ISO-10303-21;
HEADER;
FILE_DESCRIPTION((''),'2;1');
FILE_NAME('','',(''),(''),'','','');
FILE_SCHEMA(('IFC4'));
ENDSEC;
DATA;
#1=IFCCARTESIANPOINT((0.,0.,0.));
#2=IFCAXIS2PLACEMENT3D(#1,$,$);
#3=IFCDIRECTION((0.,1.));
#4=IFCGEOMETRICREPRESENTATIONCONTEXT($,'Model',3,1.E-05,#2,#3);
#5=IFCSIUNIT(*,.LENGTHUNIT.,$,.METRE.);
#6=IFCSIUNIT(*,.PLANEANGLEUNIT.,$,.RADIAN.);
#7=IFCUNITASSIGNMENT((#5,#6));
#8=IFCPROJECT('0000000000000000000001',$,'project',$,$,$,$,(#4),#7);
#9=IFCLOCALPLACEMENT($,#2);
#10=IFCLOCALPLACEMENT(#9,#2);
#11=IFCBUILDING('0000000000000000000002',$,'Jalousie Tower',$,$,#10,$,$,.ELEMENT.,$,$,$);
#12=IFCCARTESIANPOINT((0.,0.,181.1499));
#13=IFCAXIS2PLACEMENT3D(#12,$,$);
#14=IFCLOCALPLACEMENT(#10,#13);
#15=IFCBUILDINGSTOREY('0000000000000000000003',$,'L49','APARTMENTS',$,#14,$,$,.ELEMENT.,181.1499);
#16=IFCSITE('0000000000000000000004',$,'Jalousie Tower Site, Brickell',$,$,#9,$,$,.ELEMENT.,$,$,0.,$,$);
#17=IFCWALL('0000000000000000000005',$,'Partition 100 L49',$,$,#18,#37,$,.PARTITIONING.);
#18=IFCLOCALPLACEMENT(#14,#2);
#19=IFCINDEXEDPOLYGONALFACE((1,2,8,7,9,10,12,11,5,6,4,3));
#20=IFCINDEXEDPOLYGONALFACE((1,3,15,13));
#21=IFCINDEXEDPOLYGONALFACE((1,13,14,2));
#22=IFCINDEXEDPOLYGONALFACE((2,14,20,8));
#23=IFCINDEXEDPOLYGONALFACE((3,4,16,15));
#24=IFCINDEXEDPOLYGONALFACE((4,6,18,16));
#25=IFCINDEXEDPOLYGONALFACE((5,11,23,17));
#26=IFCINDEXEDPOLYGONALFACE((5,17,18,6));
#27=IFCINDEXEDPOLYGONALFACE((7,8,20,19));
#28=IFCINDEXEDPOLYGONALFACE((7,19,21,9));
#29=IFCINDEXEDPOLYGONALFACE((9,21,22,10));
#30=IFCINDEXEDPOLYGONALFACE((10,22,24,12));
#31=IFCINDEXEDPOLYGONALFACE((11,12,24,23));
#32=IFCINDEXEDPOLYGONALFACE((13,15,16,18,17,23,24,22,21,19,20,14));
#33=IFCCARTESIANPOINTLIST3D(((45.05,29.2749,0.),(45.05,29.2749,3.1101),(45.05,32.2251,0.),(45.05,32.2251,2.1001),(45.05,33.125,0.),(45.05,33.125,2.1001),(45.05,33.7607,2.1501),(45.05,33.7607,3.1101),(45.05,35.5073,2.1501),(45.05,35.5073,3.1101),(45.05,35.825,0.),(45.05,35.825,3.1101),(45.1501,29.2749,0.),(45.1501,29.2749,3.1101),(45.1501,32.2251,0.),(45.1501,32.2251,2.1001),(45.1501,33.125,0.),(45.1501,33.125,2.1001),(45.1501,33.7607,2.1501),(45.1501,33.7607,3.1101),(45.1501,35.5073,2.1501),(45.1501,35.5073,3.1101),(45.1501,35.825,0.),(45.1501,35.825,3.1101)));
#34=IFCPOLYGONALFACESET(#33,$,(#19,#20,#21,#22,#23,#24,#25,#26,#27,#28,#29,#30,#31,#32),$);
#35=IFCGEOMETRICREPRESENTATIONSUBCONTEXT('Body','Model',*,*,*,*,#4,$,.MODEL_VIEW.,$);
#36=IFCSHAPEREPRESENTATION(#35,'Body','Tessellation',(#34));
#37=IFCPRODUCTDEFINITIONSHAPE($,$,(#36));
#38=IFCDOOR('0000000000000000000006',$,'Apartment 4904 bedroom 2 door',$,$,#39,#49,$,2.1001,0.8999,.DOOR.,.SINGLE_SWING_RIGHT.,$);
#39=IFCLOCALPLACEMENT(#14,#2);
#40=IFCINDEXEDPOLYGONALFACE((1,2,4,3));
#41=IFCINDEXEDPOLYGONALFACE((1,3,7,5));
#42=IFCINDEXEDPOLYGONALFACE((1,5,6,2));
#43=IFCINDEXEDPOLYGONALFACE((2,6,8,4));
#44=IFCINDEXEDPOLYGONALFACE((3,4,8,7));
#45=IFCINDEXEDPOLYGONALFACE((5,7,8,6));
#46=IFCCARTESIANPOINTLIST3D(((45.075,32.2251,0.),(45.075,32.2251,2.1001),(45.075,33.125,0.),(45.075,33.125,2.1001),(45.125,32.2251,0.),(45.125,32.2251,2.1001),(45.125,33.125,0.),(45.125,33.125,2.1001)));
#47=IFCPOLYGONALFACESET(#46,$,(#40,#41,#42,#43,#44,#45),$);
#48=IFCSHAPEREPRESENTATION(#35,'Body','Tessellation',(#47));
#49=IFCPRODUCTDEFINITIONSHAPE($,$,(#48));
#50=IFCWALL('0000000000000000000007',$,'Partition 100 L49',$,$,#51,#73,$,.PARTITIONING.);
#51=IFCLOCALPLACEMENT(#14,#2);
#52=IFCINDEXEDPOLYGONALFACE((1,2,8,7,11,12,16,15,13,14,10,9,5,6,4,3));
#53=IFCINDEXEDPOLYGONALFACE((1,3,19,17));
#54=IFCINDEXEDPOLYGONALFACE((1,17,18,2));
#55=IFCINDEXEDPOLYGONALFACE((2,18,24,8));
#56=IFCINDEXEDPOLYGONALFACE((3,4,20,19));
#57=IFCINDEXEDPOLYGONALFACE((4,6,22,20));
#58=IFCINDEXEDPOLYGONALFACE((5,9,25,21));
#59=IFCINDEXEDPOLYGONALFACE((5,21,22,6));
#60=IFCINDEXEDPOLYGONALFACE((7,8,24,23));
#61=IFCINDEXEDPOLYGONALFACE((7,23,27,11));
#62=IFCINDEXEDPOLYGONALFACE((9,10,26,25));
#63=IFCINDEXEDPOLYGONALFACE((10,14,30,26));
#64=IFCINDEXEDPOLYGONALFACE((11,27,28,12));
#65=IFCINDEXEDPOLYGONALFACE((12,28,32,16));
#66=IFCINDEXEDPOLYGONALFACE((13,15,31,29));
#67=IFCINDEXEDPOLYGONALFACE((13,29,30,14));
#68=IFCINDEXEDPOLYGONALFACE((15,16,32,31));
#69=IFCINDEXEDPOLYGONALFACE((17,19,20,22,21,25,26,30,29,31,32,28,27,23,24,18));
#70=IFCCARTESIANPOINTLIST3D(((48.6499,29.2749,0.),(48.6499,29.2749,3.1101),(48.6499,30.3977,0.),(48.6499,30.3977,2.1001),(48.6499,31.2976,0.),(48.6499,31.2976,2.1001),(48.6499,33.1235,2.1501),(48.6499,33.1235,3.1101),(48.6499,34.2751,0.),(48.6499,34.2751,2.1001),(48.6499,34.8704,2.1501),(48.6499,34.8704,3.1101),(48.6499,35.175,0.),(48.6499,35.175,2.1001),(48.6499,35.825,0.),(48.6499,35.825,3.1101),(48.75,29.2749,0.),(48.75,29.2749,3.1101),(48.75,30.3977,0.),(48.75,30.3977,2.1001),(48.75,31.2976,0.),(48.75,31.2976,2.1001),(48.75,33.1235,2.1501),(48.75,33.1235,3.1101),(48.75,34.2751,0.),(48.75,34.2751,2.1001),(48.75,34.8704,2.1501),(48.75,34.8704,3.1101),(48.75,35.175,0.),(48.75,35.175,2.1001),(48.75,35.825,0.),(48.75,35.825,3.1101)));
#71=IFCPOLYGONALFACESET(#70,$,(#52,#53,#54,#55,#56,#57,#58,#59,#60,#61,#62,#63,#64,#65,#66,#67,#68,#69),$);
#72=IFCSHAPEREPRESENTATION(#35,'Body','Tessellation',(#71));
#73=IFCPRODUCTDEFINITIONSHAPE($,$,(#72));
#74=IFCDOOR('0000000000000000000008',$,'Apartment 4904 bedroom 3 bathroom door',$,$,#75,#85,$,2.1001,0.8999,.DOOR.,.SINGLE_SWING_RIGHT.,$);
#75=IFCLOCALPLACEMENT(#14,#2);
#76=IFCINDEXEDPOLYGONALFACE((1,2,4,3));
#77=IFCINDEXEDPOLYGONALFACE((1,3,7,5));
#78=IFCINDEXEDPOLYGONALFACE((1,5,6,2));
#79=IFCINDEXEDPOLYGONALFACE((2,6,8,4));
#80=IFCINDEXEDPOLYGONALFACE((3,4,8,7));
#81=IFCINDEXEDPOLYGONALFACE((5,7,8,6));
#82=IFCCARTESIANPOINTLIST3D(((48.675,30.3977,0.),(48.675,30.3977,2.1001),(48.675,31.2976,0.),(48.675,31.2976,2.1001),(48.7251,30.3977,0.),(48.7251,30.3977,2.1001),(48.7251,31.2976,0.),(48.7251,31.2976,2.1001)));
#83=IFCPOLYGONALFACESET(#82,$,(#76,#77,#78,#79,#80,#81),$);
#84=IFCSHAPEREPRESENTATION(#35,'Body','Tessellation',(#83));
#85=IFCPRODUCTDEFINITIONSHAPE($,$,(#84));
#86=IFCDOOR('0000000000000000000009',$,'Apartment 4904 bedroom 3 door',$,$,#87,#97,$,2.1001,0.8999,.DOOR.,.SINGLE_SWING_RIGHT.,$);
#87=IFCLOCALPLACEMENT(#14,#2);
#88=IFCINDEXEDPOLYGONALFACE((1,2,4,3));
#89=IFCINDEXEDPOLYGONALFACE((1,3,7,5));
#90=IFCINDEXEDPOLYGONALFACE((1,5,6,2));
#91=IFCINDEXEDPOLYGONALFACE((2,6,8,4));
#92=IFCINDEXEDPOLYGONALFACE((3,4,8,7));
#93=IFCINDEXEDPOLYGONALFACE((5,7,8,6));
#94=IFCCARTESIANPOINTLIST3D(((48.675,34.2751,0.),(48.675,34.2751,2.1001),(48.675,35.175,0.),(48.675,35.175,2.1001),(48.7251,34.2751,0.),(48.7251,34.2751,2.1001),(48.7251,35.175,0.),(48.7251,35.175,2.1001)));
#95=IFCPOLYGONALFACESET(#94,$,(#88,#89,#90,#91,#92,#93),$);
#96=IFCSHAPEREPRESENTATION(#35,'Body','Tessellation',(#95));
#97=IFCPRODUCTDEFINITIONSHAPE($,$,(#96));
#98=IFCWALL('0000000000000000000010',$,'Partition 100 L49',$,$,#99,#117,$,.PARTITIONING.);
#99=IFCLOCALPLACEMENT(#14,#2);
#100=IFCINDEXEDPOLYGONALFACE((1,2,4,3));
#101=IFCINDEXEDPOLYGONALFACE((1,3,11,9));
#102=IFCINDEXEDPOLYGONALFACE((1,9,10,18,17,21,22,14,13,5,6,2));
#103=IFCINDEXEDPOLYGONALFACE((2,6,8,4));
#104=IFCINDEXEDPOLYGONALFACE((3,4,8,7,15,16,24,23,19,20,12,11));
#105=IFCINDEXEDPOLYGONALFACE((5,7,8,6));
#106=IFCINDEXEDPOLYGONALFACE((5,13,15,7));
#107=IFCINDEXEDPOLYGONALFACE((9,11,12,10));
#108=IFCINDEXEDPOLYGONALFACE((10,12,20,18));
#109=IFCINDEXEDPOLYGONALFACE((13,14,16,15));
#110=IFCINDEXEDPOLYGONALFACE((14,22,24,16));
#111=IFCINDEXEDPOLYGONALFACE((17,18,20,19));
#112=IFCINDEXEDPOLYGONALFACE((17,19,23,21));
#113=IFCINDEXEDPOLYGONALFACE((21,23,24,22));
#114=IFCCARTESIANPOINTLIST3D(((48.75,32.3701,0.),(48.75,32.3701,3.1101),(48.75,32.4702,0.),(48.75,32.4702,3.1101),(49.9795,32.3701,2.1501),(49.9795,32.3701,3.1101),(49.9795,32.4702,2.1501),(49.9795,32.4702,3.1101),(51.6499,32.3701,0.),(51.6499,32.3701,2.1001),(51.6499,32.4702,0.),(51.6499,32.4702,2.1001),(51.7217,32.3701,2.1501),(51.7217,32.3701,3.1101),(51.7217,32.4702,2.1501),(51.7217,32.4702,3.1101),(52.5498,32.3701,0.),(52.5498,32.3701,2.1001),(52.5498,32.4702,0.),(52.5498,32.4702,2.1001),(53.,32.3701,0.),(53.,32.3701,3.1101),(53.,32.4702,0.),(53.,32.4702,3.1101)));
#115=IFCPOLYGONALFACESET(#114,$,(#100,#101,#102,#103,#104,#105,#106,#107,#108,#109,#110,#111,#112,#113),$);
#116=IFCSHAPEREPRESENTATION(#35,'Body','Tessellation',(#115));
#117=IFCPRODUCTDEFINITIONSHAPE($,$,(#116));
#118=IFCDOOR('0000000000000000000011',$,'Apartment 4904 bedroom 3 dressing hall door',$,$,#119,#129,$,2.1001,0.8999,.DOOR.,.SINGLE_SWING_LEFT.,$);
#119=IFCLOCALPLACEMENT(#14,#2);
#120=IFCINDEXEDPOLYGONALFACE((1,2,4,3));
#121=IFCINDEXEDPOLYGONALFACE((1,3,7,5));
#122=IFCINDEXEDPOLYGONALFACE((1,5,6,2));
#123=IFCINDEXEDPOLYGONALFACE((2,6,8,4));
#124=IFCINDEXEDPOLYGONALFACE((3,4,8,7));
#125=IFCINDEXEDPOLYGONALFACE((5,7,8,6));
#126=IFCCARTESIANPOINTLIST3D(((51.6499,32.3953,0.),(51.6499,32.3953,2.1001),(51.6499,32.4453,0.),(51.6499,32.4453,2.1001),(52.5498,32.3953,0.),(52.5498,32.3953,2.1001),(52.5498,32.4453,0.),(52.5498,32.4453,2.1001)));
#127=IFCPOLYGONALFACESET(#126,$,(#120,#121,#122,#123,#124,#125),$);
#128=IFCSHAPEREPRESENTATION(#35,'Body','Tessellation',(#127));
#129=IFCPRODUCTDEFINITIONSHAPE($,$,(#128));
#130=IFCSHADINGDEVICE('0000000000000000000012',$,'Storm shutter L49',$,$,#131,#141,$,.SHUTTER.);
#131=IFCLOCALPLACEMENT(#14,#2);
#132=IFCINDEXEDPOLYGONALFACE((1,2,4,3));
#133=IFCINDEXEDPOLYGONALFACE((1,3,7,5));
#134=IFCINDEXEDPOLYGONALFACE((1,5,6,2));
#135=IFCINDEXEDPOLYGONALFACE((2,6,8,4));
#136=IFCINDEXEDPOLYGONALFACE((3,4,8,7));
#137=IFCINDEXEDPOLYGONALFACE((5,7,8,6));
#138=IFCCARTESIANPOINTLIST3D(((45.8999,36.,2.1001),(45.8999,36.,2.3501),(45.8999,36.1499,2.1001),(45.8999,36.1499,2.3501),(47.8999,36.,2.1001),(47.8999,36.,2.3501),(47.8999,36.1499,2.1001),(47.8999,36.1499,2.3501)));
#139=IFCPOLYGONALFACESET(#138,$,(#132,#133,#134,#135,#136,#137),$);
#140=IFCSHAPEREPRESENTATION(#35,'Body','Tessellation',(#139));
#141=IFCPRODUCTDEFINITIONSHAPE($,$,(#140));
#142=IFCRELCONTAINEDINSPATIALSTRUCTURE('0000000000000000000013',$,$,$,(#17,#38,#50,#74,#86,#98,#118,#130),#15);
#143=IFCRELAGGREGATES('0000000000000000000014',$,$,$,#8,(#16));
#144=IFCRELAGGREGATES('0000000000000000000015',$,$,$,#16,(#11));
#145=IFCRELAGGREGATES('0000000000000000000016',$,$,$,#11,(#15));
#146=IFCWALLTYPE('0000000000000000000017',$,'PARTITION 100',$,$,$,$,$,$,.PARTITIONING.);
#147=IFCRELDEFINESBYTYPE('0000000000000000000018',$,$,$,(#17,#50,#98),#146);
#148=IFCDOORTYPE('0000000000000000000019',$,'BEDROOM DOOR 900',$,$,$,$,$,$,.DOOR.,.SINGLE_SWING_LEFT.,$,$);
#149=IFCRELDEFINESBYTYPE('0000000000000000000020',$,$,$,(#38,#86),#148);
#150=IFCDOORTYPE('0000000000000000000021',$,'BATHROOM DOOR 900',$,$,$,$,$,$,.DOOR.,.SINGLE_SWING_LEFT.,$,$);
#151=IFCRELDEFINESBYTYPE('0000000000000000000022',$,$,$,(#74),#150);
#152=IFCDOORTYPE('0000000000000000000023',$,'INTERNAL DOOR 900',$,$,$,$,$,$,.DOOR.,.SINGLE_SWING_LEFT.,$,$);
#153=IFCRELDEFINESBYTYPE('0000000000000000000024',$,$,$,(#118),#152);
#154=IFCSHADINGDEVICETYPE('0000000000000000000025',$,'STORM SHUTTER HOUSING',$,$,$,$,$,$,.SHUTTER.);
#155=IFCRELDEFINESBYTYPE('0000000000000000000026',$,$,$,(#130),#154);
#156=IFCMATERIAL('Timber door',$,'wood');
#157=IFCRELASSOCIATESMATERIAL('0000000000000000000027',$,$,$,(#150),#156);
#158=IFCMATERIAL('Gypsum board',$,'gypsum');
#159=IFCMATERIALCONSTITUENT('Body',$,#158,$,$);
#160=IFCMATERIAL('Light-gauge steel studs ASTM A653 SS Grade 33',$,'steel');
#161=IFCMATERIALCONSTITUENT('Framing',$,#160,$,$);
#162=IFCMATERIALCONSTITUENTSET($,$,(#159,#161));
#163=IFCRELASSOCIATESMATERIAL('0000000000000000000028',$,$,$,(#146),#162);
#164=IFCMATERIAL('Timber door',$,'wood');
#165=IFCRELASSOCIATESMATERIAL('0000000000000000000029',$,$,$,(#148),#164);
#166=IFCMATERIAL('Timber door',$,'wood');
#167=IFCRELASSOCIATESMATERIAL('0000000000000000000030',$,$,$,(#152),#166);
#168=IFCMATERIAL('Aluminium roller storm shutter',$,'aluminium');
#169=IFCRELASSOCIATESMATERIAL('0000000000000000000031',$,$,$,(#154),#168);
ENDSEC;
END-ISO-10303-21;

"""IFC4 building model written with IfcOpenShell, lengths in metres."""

from ifc_helpers import new_model, si_unit, direction, frame, frame_2d, origin, origin_2d, place, context, subcontext, project, spatial, polyline, rectangle, outline, extrude, material, constituent, constituent_set, type_object, element, fill, save


model = new_model("IFC4")

# Units and contexts
model_context = context("Model", 3, precision=1e-05, world=origin(), true_north=direction((0.0, 1.0)))
body_context = subcontext(model_context, "Body", "Model", "MODEL_VIEW")
ifc_project = project(units=[si_unit("LENGTHUNIT", "METRE"), si_unit("PLANEANGLEUNIT", "RADIAN")], contexts=[model_context])

# Site, building, storey
site_placement = place(None, origin())
site = spatial("IfcSite", under=ifc_project, at=site_placement, Name="Jalousie Tower Site, Brickell", CompositionType="ELEMENT", RefElevation=0.0)
building_placement = place(site_placement, origin())
building = spatial("IfcBuilding", under=site, at=building_placement, Name="Jalousie Tower", CompositionType="ELEMENT")
storey_placement = place(building_placement, frame((0.0, 0.0, 181.1499)))
storey = spatial("IfcBuildingStorey", under=building, at=storey_placement, Name="L49", Description="APARTMENTS", CompositionType="ELEMENT", Elevation=181.1499)

# Shared definitions
ifc_material_1 = material(Name="Timber door", Category="wood")
door_type_1 = type_object("IfcDoorType", Name="BATHROOM DOOR 900", OperationType="SINGLE_SWING_LEFT", PredefinedType="DOOR", material=ifc_material_1)

# Wall, opening, door
ifc_material_2 = material(Name="Gypsum board", Category="gypsum")
ifc_constituent_1 = constituent(ifc_material_2, Name="Body")
ifc_material_3 = material(Name="Light-gauge steel studs ASTM A653 SS Grade 33", Category="steel")
ifc_constituent_2 = constituent(ifc_material_3, Name="Framing")
ifc_constituent_set_1 = constituent_set(constituents=[ifc_constituent_1, ifc_constituent_2])
wall_type_1 = type_object("IfcWallType", Name="PARTITION 100", PredefinedType="PARTITIONING", material=ifc_constituent_set_1)
wall_1_placement = place(storey_placement, frame((45.1001, 35.825, 0.0), z_axis=(0.0, 0.0, 1.0), x_axis=(0.0, -1.0, 0.0)))
wall_1 = element("IfcWall", 1, at=wall_1_placement, inside=storey, type_object=wall_type_1, Name="Partition 100 L49", PredefinedType="PARTITIONING", context=body_context, shape_type="SweptSolid", body=[
    extrude(outline(polyline([(0.0, 0.0), (6.55, 0.0), (6.55, 3.1101), (2.0642, 3.1101), (2.0642, 2.1501), (0.3176, 2.1501), (0.3176, 3.1101), (0.0, 3.1101), (0.0, 0.0)])), frame((0.0, 0.05, 0.0), z_axis=(0.0, -1.0, 0.0), x_axis=(1.0, 0.0, 0.0)), (0.0, 0.0, 1.0), 0.1001),
])
opening_1_placement = place(wall_1_placement, frame((2.7, 0.0, 0.0)))
opening_1 = element("IfcOpeningElement", 2, at=opening_1_placement, cuts=wall_1, PredefinedType="OPENING", context=body_context, shape_type="SweptSolid", body=[
    extrude(rectangle(XDim=0.8999, YDim=2.1001, at=frame_2d((0.45, 1.05))), frame((0.0, 0.0601, 0.0), z_axis=(0.0, -1.0, 0.0), x_axis=(1.0, 0.0, 0.0)), (0.0, 0.0, 1.0), 0.1201),
])
ifc_material_4 = material(Name="Timber door", Category="wood")
door_type_2 = type_object("IfcDoorType", Name="BEDROOM DOOR 900", OperationType="SINGLE_SWING_LEFT", PredefinedType="DOOR", material=ifc_material_4)
door_1_placement = place(opening_1_placement, origin())
door_1 = element("IfcDoor", 3, at=door_1_placement, inside=storey, type_object=door_type_2, Name="Apartment 4904 bedroom 2 door", OperationType="SINGLE_SWING_RIGHT", OverallHeight=2.1001, OverallWidth=0.8999, PredefinedType="DOOR", context=body_context, shape_type="SweptSolid", body=[
    extrude(rectangle(XDim=0.8999, YDim=2.1001, at=frame_2d((0.45, 1.05))), frame((0.0, 0.0249, 0.0), z_axis=(0.0, -1.0, 0.0), x_axis=(1.0, 0.0, 0.0)), (0.0, 0.0, 1.0), 0.05),
])
fill(opening_1, door_1)

# Wall, openings, doors
wall_2_placement = place(storey_placement, frame((48.7, 35.825, 0.0), z_axis=(0.0, 0.0, 1.0), x_axis=(0.0, -1.0, 0.0)))
wall_2 = element("IfcWall", 4, at=wall_2_placement, inside=storey, type_object=wall_type_1, Name="Partition 100 L49", PredefinedType="PARTITIONING", context=body_context, shape_type="SweptSolid", body=[
    extrude(outline(polyline([(0.0, 0.0), (6.55, 0.0), (6.55, 3.1101), (2.7014, 3.1101), (2.7014, 2.1501), (0.9546, 2.1501), (0.9546, 3.1101), (0.0, 3.1101), (0.0, 0.0)])), frame((0.0, 0.05, 0.0), z_axis=(0.0, -1.0, 0.0), x_axis=(1.0, 0.0, 0.0)), (0.0, 0.0, 1.0), 0.1001),
])
opening_2_placement = place(wall_2_placement, frame((0.6499, 0.0, 0.0)))
opening_2 = element("IfcOpeningElement", 5, at=opening_2_placement, cuts=wall_2, PredefinedType="OPENING", context=body_context, shape_type="SweptSolid", body=[
    extrude(rectangle(XDim=0.8999, YDim=2.1001, at=frame_2d((0.45, 1.05))), frame((0.0, 0.0601, 0.0), z_axis=(0.0, -1.0, 0.0), x_axis=(1.0, 0.0, 0.0)), (0.0, 0.0, 1.0), 0.1201),
])
opening_3_placement = place(wall_2_placement, frame((4.5273, 0.0, 0.0)))
opening_3 = element("IfcOpeningElement", 6, at=opening_3_placement, cuts=wall_2, PredefinedType="OPENING", context=body_context, shape_type="SweptSolid", body=[
    extrude(rectangle(XDim=0.8999, YDim=2.1001, at=frame_2d((0.45, 1.05))), frame((0.0, 0.0601, 0.0), z_axis=(0.0, -1.0, 0.0), x_axis=(1.0, 0.0, 0.0)), (0.0, 0.0, 1.0), 0.1201),
])
door_2_placement = place(opening_3_placement, frame((0.8999, 0.0, 0.0), z_axis=(0.0, 0.0, 1.0), x_axis=(-1.0, 0.0, 0.0)))
door_2 = element("IfcDoor", 7, at=door_2_placement, inside=storey, type_object=door_type_1, Name="Apartment 4904 bedroom 3 bathroom door", OperationType="SINGLE_SWING_RIGHT", OverallHeight=2.1001, OverallWidth=0.8999, PredefinedType="DOOR", context=body_context, shape_type="SweptSolid", body=[
    extrude(rectangle(XDim=0.8999, YDim=2.1001, at=frame_2d((0.45, 1.05))), frame((0.0, 0.0249, 0.0), z_axis=(0.0, -1.0, 0.0), x_axis=(1.0, 0.0, 0.0)), (0.0, 0.0, 1.0), 0.05),
])
fill(opening_3, door_2)
door_3_placement = place(opening_2_placement, frame((0.8999, 0.0, 0.0), z_axis=(0.0, 0.0, 1.0), x_axis=(-1.0, 0.0, 0.0)))
door_3 = element("IfcDoor", 8, at=door_3_placement, inside=storey, type_object=door_type_2, Name="Apartment 4904 bedroom 3 door", OperationType="SINGLE_SWING_RIGHT", OverallHeight=2.1001, OverallWidth=0.8999, PredefinedType="DOOR", context=body_context, shape_type="SweptSolid", body=[
    extrude(rectangle(XDim=0.8999, YDim=2.1001, at=frame_2d((0.45, 1.05))), frame((0.0, 0.0249, 0.0), z_axis=(0.0, -1.0, 0.0), x_axis=(1.0, 0.0, 0.0)), (0.0, 0.0, 1.0), 0.05),
])
fill(opening_2, door_3)

# Wall, opening, door
wall_3_placement = place(storey_placement, frame((48.75, 32.4202, 0.0), z_axis=(0.0, 0.0, 1.0), x_axis=(1.0, 0.0, 0.0)))
wall_3 = element("IfcWall", 9, at=wall_3_placement, inside=storey, type_object=wall_type_1, Name="Partition 100 L49", PredefinedType="PARTITIONING", context=body_context, shape_type="SweptSolid", body=[
    extrude(outline(polyline([(0.0, 0.0), (4.25, 0.0), (4.25, 3.1101), (2.9717, 3.1101), (2.9717, 2.1501), (1.2295, 2.1501), (1.2295, 3.1101), (0.0, 3.1101), (0.0, 0.0)])), frame((0.0, 0.05, 0.0), z_axis=(0.0, -1.0, 0.0), x_axis=(1.0, 0.0, 0.0)), (0.0, 0.0, 1.0), 0.1001),
])
opening_4_placement = place(wall_3_placement, frame((2.8999, 0.0, 0.0)))
opening_4 = element("IfcOpeningElement", 10, at=opening_4_placement, cuts=wall_3, PredefinedType="OPENING", context=body_context, shape_type="SweptSolid", body=[
    extrude(rectangle(XDim=0.8999, YDim=2.1001, at=frame_2d((0.45, 1.05))), frame((0.0, 0.0601, 0.0), z_axis=(0.0, -1.0, 0.0), x_axis=(1.0, 0.0, 0.0)), (0.0, 0.0, 1.0), 0.1201),
])
ifc_material_5 = material(Name="Timber door", Category="wood")
door_type_3 = type_object("IfcDoorType", Name="INTERNAL DOOR 900", OperationType="SINGLE_SWING_LEFT", PredefinedType="DOOR", material=ifc_material_5)
door_4_placement = place(opening_4_placement, frame((0.8999, 0.0, 0.0), z_axis=(0.0, 0.0, 1.0), x_axis=(-1.0, 0.0, 0.0)))
door_4 = element("IfcDoor", 11, at=door_4_placement, inside=storey, type_object=door_type_3, Name="Apartment 4904 bedroom 3 dressing hall door", OperationType="SINGLE_SWING_LEFT", OverallHeight=2.1001, OverallWidth=0.8999, PredefinedType="DOOR", context=body_context, shape_type="SweptSolid", body=[
    extrude(rectangle(XDim=0.8999, YDim=2.1001, at=frame_2d((0.45, 1.05))), frame((0.0, 0.0249, 0.0), z_axis=(0.0, -1.0, 0.0), x_axis=(1.0, 0.0, 0.0)), (0.0, 0.0, 1.0), 0.05),
])
fill(opening_4, door_4)

# Shading device
ifc_material_6 = material(Name="Aluminium roller storm shutter", Category="aluminium")
shading_device_type = type_object("IfcShadingDeviceType", Name="STORM SHUTTER HOUSING", PredefinedType="SHUTTER", material=ifc_material_6)
shading_device_placement = place(storey_placement, frame((46.8999, 36.075, 2.1001), z_axis=(0.0, 0.0, 1.0), x_axis=(-1.0, 0.0, 0.0)))
element("IfcShadingDevice", 12, at=shading_device_placement, inside=storey, type_object=shading_device_type, Name="Storm shutter L49", PredefinedType="SHUTTER", context=body_context, shape_type="SweptSolid", body=[
    extrude(rectangle(XDim=2.0, YDim=0.1499, at=origin_2d()), origin(), (0.0, 0.0, 1.0), 0.25),
])

save(model, "model.ifc")
